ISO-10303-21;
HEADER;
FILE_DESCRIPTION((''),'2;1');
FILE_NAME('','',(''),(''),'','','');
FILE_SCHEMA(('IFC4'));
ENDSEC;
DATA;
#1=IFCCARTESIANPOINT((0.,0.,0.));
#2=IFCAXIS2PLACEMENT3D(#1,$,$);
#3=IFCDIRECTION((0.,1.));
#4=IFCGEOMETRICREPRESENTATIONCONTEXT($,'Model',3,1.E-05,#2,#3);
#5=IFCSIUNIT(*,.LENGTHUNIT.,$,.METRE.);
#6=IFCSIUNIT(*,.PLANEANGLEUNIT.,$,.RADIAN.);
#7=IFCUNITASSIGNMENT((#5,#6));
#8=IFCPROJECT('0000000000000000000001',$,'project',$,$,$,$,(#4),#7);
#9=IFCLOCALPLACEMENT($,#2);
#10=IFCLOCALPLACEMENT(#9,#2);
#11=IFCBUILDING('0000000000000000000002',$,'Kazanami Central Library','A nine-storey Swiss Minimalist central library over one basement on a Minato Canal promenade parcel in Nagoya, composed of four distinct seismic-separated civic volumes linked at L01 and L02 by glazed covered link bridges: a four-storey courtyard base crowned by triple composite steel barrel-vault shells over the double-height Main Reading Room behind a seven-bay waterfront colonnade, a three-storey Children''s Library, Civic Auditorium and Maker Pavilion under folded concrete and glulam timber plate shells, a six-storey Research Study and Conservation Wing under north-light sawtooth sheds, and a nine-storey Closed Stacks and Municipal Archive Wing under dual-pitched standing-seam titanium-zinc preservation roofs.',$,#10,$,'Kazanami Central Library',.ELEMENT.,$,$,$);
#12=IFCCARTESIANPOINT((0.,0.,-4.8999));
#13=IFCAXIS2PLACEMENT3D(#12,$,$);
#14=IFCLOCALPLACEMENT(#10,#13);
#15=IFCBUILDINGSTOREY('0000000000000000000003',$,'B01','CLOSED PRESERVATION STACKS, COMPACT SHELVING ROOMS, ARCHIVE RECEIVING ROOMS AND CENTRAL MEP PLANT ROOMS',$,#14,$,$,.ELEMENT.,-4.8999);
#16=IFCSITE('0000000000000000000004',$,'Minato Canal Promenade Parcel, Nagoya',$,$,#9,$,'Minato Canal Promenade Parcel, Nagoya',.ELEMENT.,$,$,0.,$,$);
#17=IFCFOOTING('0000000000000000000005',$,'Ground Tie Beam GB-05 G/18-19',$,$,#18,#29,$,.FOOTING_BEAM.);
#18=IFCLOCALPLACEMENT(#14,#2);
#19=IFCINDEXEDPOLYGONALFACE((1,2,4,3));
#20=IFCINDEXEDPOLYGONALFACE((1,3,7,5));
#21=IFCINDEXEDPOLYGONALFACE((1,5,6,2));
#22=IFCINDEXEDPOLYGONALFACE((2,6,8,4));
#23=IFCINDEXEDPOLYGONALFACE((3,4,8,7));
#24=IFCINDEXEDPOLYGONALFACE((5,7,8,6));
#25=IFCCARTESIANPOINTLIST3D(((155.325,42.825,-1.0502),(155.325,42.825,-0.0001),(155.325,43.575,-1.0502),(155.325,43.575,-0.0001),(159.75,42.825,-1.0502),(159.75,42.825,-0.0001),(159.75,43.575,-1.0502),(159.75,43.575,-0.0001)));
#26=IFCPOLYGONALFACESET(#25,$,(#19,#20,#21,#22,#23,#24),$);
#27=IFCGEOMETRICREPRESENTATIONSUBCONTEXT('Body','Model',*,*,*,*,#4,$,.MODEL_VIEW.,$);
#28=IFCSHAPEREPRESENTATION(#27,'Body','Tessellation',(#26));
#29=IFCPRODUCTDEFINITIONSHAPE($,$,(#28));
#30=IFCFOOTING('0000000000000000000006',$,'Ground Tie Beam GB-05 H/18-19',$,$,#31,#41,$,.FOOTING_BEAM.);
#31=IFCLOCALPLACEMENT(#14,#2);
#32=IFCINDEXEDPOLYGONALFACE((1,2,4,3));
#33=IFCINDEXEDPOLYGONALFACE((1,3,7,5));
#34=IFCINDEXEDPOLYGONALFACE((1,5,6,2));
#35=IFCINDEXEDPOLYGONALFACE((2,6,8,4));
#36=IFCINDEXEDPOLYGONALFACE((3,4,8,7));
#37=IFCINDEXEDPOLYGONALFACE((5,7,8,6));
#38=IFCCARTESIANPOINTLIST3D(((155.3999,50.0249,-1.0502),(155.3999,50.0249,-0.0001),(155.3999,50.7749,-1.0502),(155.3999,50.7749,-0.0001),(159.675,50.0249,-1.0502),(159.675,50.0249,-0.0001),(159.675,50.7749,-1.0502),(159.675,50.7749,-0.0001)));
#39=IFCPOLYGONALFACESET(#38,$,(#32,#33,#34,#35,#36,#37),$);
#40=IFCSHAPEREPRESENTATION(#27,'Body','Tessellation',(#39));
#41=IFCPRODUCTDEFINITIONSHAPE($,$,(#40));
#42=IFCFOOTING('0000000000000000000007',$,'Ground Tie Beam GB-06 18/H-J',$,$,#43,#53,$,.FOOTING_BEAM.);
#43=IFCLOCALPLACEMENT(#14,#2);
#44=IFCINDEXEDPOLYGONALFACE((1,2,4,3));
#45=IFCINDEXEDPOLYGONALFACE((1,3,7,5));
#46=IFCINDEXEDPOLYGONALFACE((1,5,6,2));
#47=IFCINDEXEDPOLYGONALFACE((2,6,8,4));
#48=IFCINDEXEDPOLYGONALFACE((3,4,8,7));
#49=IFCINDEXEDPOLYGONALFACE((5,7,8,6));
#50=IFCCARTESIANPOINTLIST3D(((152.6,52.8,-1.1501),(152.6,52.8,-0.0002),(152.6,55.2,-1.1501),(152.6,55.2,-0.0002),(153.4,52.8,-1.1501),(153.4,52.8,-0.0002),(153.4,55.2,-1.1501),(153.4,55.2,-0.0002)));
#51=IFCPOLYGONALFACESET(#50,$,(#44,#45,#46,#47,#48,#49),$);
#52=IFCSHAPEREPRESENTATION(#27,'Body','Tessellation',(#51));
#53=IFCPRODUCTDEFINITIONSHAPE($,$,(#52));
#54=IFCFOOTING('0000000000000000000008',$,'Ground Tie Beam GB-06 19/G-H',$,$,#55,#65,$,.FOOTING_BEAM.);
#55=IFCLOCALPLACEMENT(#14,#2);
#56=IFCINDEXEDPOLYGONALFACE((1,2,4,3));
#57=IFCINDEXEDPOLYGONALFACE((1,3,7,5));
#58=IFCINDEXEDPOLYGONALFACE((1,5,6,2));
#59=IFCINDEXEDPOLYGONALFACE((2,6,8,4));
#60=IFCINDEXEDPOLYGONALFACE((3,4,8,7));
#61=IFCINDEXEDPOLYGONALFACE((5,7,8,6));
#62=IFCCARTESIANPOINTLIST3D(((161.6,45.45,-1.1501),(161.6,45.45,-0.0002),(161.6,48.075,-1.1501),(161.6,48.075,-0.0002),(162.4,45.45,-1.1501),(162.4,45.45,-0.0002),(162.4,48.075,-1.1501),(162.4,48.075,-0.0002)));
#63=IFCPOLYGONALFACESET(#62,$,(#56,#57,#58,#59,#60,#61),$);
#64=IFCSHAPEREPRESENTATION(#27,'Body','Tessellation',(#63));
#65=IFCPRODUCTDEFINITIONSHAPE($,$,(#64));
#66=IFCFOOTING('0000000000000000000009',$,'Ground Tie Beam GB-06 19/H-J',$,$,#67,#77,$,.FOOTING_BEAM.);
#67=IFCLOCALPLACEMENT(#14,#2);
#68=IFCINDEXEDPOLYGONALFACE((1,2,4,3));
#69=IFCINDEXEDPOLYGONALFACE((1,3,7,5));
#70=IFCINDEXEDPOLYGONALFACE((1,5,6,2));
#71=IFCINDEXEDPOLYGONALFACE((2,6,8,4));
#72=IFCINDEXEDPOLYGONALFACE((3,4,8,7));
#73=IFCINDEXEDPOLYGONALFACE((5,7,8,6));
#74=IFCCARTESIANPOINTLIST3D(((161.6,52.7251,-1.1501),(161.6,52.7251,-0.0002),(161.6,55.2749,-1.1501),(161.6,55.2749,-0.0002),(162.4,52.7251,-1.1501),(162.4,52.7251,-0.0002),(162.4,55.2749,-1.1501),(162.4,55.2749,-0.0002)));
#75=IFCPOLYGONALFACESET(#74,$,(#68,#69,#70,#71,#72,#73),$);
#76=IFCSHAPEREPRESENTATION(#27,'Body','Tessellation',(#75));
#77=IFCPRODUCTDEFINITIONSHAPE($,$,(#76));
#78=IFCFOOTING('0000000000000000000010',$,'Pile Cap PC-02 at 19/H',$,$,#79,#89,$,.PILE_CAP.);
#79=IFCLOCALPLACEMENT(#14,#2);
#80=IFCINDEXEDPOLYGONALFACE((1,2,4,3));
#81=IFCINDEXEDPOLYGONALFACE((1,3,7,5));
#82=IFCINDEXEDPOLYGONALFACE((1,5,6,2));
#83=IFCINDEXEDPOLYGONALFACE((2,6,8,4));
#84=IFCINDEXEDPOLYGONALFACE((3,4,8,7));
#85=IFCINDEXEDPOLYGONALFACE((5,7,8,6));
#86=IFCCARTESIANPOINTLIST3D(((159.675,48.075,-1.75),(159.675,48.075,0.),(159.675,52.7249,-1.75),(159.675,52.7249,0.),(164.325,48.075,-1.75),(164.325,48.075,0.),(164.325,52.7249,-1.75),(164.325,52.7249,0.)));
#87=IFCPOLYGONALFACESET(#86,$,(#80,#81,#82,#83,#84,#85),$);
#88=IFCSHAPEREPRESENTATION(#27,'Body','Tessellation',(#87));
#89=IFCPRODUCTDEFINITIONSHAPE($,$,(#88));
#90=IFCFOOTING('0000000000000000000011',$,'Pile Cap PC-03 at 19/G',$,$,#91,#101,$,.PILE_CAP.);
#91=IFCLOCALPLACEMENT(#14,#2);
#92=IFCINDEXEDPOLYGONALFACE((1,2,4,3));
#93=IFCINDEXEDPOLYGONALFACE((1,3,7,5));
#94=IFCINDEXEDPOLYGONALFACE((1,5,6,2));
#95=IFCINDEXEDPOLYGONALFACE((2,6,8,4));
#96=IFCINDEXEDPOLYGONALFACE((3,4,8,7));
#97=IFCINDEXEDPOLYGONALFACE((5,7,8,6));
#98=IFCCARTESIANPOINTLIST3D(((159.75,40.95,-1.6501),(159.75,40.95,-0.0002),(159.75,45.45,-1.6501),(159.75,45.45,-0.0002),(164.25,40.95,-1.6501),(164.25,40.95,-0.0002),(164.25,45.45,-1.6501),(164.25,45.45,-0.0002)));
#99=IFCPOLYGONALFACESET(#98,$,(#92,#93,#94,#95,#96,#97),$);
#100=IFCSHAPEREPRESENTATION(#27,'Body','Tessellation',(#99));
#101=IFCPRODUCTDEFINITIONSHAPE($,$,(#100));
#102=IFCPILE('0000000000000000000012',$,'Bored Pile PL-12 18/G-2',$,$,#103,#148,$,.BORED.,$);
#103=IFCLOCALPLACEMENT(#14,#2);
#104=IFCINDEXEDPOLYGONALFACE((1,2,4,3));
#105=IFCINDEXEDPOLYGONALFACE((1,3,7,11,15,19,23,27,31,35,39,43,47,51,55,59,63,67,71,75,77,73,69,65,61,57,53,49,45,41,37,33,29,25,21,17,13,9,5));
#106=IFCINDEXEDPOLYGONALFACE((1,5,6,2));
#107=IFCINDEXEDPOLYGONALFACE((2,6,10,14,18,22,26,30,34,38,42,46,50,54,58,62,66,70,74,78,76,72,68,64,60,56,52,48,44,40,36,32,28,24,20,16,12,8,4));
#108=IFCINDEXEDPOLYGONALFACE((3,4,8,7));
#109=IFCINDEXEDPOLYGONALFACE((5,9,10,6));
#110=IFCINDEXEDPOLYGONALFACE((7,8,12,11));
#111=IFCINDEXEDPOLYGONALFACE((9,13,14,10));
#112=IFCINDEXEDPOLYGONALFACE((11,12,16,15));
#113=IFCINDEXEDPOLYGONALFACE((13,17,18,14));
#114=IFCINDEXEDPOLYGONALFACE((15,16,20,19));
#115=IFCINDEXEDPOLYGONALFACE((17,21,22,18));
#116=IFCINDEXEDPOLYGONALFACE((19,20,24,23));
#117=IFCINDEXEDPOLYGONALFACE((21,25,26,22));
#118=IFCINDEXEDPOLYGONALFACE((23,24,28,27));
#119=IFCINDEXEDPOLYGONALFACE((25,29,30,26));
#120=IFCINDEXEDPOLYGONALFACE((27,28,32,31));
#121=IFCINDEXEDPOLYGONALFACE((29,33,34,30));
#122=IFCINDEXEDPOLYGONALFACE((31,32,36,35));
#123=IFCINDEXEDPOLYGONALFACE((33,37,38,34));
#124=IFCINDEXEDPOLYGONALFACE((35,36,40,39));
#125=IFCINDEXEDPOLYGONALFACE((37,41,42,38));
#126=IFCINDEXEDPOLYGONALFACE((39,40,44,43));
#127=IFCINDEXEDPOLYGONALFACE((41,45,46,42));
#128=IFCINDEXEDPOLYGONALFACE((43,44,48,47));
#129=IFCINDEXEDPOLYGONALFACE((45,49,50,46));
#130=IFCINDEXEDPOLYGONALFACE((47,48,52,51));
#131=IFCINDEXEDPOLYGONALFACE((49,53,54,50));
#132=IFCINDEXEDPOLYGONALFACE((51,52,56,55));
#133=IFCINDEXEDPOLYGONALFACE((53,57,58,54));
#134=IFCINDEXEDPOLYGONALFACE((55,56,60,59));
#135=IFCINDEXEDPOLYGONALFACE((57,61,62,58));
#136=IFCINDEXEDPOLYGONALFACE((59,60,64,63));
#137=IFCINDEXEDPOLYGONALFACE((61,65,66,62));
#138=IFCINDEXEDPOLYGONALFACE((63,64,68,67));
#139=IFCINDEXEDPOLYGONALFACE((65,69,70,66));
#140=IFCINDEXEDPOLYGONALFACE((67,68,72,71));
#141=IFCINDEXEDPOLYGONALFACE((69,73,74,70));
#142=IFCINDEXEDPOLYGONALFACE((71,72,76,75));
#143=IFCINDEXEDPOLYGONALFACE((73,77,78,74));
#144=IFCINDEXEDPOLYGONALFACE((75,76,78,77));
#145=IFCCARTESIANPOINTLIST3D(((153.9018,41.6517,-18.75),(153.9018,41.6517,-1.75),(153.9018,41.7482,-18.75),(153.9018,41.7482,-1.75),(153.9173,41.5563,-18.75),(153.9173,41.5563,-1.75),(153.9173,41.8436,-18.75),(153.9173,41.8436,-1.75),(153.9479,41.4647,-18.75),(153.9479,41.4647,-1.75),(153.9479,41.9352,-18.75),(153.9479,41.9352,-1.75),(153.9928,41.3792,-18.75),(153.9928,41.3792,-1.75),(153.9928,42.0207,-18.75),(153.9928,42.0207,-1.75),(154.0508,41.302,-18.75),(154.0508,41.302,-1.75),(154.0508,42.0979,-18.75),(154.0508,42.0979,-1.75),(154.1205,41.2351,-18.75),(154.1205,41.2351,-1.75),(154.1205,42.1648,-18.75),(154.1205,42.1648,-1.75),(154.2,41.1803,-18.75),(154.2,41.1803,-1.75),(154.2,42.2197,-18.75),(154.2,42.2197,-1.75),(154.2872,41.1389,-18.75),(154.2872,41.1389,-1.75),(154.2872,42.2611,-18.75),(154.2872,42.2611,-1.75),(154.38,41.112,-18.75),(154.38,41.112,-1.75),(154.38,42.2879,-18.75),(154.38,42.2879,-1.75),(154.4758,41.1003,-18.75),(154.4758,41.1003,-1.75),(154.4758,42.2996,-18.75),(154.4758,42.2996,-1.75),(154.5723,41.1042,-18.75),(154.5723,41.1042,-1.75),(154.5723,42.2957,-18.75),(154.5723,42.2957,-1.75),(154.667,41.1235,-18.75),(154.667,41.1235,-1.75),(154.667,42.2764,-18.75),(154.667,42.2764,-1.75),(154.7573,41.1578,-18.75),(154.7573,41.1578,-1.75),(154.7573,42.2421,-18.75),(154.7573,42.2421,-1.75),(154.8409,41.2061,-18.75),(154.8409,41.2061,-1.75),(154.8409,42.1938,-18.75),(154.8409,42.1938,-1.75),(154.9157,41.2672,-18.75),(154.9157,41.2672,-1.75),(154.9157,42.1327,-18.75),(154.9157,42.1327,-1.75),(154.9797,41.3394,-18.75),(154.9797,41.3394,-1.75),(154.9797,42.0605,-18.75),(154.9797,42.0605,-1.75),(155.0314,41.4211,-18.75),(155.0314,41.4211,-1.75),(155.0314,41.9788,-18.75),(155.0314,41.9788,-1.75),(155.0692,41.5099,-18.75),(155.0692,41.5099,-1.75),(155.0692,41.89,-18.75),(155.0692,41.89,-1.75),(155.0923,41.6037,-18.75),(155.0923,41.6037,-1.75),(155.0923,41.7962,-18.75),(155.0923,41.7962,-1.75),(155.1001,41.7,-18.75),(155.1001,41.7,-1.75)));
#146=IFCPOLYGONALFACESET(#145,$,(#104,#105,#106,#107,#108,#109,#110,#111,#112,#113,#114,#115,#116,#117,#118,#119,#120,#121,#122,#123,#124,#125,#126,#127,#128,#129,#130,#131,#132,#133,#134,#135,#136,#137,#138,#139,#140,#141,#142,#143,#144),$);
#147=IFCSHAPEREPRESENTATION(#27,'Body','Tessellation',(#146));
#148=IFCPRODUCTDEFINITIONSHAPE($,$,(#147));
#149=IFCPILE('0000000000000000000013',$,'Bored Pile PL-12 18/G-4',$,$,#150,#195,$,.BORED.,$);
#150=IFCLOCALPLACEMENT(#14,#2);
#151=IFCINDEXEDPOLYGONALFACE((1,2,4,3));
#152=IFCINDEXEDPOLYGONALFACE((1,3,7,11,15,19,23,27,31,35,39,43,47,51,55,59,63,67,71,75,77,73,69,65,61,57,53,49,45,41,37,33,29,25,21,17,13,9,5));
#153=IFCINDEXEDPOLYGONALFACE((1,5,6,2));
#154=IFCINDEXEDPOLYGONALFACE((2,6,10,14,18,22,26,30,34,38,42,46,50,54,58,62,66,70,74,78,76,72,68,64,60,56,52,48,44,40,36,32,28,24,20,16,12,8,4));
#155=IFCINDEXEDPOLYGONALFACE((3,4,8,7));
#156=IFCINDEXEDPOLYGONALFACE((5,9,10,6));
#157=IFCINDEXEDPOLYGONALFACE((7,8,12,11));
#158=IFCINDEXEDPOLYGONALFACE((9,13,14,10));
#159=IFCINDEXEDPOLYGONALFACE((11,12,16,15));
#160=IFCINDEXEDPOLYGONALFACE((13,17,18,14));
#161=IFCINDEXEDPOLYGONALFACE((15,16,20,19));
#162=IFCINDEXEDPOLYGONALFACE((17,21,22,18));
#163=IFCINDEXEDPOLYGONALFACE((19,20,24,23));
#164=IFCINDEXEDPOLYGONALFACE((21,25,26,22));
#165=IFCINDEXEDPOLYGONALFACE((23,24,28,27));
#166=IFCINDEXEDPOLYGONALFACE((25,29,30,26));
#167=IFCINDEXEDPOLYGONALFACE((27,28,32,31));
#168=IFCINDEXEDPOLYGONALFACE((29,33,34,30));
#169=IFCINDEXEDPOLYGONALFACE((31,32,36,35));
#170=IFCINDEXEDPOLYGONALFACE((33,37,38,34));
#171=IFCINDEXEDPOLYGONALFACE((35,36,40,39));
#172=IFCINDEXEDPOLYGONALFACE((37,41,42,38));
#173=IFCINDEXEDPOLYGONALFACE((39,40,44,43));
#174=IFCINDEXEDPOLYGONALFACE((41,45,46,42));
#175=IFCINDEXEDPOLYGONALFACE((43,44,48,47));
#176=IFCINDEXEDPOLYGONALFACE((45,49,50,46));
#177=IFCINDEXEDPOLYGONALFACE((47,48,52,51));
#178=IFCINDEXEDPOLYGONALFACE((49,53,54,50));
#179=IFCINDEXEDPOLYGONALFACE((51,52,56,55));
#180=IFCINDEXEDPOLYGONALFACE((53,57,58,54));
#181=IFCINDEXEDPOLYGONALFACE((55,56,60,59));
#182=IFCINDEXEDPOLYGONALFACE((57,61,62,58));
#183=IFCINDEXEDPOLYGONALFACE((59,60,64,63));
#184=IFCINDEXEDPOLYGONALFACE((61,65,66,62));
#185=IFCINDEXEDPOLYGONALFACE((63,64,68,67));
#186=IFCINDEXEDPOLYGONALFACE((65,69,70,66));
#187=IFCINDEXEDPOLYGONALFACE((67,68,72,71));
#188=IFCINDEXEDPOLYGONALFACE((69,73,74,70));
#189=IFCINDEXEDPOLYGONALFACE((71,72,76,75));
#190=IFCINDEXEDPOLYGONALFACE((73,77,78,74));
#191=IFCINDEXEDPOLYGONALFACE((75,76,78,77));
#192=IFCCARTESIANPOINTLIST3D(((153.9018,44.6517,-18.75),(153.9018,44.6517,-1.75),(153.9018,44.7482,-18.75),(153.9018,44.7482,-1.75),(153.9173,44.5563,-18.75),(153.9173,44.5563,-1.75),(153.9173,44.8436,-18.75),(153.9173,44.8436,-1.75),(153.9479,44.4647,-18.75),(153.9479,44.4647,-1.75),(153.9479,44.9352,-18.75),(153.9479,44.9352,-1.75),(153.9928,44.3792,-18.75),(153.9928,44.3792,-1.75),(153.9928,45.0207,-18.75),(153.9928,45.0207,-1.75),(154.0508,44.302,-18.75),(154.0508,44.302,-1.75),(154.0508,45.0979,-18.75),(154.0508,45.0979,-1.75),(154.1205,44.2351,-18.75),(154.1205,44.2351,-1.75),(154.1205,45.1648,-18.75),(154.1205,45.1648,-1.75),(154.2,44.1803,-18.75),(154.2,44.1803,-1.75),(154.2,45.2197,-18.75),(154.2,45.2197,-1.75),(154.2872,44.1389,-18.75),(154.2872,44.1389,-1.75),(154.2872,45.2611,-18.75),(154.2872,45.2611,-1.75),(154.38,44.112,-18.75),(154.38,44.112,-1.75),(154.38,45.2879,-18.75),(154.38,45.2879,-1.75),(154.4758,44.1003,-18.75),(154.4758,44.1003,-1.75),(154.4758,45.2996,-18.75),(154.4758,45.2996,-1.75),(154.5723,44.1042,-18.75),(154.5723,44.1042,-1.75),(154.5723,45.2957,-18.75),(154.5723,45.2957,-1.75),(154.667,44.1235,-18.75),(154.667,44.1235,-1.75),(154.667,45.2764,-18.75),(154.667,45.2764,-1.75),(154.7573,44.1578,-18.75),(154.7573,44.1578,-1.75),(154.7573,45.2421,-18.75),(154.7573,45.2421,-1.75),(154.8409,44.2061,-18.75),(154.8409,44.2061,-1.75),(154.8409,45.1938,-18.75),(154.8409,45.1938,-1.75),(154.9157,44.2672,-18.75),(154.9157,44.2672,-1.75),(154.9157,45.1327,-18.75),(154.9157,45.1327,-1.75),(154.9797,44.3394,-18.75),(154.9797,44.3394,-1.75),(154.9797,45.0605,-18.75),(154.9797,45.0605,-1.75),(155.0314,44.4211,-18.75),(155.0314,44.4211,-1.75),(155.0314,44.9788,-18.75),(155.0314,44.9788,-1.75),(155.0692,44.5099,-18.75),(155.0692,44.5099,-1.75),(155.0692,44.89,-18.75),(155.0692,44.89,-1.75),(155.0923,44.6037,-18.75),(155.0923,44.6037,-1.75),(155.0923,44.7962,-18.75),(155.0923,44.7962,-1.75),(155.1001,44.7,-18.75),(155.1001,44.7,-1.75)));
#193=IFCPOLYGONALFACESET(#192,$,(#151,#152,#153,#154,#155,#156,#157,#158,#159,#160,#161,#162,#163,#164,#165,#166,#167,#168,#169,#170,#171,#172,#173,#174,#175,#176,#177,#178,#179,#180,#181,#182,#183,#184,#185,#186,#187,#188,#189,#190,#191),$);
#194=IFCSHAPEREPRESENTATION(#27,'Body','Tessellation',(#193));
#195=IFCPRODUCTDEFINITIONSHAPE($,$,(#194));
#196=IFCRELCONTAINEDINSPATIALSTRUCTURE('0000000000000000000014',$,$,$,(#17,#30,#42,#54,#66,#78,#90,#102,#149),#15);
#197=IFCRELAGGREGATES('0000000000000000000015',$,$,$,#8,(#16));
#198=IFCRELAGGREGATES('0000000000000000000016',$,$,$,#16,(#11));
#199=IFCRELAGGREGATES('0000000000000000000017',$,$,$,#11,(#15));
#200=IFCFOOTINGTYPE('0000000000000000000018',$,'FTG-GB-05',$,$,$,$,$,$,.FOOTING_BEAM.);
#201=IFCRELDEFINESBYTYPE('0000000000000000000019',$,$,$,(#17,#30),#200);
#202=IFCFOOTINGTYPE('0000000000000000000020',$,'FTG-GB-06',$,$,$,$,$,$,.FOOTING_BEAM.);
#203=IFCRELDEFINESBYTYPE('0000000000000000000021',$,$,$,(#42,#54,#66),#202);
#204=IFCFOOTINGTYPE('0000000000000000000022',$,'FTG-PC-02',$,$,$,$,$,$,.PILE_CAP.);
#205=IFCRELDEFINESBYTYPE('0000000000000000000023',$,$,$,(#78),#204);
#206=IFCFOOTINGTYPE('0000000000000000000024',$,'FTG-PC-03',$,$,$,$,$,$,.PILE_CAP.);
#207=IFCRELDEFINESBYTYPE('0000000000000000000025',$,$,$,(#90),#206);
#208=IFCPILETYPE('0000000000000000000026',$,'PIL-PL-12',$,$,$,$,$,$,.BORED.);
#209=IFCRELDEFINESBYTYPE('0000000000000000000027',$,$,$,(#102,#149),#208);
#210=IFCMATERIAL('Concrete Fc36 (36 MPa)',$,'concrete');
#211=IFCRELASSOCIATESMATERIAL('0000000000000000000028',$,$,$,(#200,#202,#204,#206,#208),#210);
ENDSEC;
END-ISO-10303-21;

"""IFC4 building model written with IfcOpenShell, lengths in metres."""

from ifc_helpers import new_model, si_unit, direction, frame, origin, origin_2d, place, context, subcontext, project, spatial, rectangle, circle, extrude, material, material_profile, profile_set, type_object, element, save


model = new_model("IFC4")

# Units and contexts
model_context = context("Model", 3, precision=1e-05, world=origin(), true_north=direction((0.0, 1.0)))
body_context = subcontext(model_context, "Body", "Model", "MODEL_VIEW")
ifc_project = project(units=[si_unit("LENGTHUNIT", "METRE"), si_unit("PLANEANGLEUNIT", "RADIAN")], contexts=[model_context])

# Site, building, storey
site_placement = place(None, origin())
site = spatial("IfcSite", under=ifc_project, at=site_placement, Name="Minato Canal Promenade Parcel, Nagoya", LongName="Minato Canal Promenade Parcel, Nagoya", CompositionType="ELEMENT", RefElevation=0.0)
building_placement = place(site_placement, origin())
building = spatial("IfcBuilding", under=site, at=building_placement, Name="Kazanami Central Library", Description="A nine-storey Swiss Minimalist central library over one basement on a Minato Canal promenade parcel in Nagoya, composed of four distinct seismic-separated civic volumes linked at L01 and L02 by glazed covered link bridges: a four-storey courtyard base crowned by triple composite steel barrel-vault shells over the double-height Main Reading Room behind a seven-bay waterfront colonnade, a three-storey Children's Library, Civic Auditorium and Maker Pavilion under folded concrete and glulam timber plate shells, a six-storey Research Study and Conservation Wing under north-light sawtooth sheds, and a nine-storey Closed Stacks and Municipal Archive Wing under dual-pitched standing-seam titanium-zinc preservation roofs.", LongName="Kazanami Central Library", CompositionType="ELEMENT")
storey_placement = place(building_placement, frame((0.0, 0.0, -4.8999)))
storey = spatial("IfcBuildingStorey", under=building, at=storey_placement, Name="B01", Description="CLOSED PRESERVATION STACKS, COMPACT SHELVING ROOMS, ARCHIVE RECEIVING ROOMS AND CENTRAL MEP PLANT ROOMS", CompositionType="ELEMENT", Elevation=-4.8999)

# Footings
ifc_material_1 = material(Name="Concrete Fc36 (36 MPa)", Category="concrete")
ifc_material_profile_1 = material_profile(ifc_material_1, rectangle(XDim=0.75, YDim=1.05, at=origin_2d()), Name="RC-750x1050")
ifc_profile_set_1 = profile_set([ifc_material_profile_1], Name="Concrete Fc36 (36 MPa)")
footing_type_1 = type_object("IfcFootingType", Name="FTG-GB-05", PredefinedType="FOOTING_BEAM", material=ifc_profile_set_1)
footing_1_placement = place(storey_placement, frame((155.325, 43.2, -0.5251), z_axis=(1.0, 0.0, 0.0), x_axis=(0.0, 1.0, 0.0)))
element("IfcFooting", 1, at=footing_1_placement, inside=storey, type_object=footing_type_1, Name="Ground Tie Beam GB-05 G/18-19", PredefinedType="FOOTING_BEAM", context=body_context, shape_type="SweptSolid", body=[
    extrude(rectangle(XDim=0.75, YDim=1.05, at=origin_2d()), origin(), (0.0, 0.0, 1.0), 4.425),
])
footing_2_placement = place(storey_placement, frame((155.3999, 50.3999, -0.5251), z_axis=(1.0, 0.0, 0.0), x_axis=(0.0, 1.0, 0.0)))
element("IfcFooting", 2, at=footing_2_placement, inside=storey, type_object=footing_type_1, Name="Ground Tie Beam GB-05 H/18-19", PredefinedType="FOOTING_BEAM", context=body_context, shape_type="SweptSolid", body=[
    extrude(rectangle(XDim=0.75, YDim=1.05, at=origin_2d()), origin(), (0.0, 0.0, 1.0), 4.2751),
])
ifc_material_profile_2 = material_profile(ifc_material_1, rectangle(XDim=0.8, YDim=1.1499, at=origin_2d()), Name="RC-800x1150")
ifc_profile_set_2 = profile_set([ifc_material_profile_2], Name="Concrete Fc36 (36 MPa)")
footing_type_2 = type_object("IfcFootingType", Name="FTG-GB-06", PredefinedType="FOOTING_BEAM", material=ifc_profile_set_2)
footing_3_placement = place(storey_placement, frame((153.0, 52.8, -0.5752), z_axis=(0.0, 1.0, 0.0), x_axis=(-1.0, 0.0, 0.0)))
element("IfcFooting", 3, at=footing_3_placement, inside=storey, type_object=footing_type_2, Name="Ground Tie Beam GB-06 18/H-J", PredefinedType="FOOTING_BEAM", context=body_context, shape_type="SweptSolid", body=[
    extrude(rectangle(XDim=0.8, YDim=1.1499, at=origin_2d()), origin(), (0.0, 0.0, 1.0), 2.3999),
])
footing_4_placement = place(storey_placement, frame((162.0, 45.45, -0.5752), z_axis=(0.0, 1.0, 0.0), x_axis=(-1.0, 0.0, 0.0)))
element("IfcFooting", 4, at=footing_4_placement, inside=storey, type_object=footing_type_2, Name="Ground Tie Beam GB-06 19/G-H", PredefinedType="FOOTING_BEAM", context=body_context, shape_type="SweptSolid", body=[
    extrude(rectangle(XDim=0.8, YDim=1.1499, at=origin_2d()), origin(), (0.0, 0.0, 1.0), 2.625),
])
footing_5_placement = place(storey_placement, frame((162.0, 52.7251, -0.5752), z_axis=(0.0, 1.0, 0.0), x_axis=(-1.0, 0.0, 0.0)))
element("IfcFooting", 5, at=footing_5_placement, inside=storey, type_object=footing_type_2, Name="Ground Tie Beam GB-06 19/H-J", PredefinedType="FOOTING_BEAM", context=body_context, shape_type="SweptSolid", body=[
    extrude(rectangle(XDim=0.8, YDim=1.1499, at=origin_2d()), origin(), (0.0, 0.0, 1.0), 2.5498),
])
footing_type_3 = type_object("IfcFootingType", Name="FTG-PC-02", PredefinedType="PILE_CAP", material=ifc_material_1)
footing_6_placement = place(storey_placement, frame((162.0, 50.3999, -1.75), z_axis=(0.0, 0.0, 1.0), x_axis=(1.0, 0.0, 0.0)))
element("IfcFooting", 6, at=footing_6_placement, inside=storey, type_object=footing_type_3, Name="Pile Cap PC-02 at 19/H", PredefinedType="PILE_CAP", context=body_context, shape_type="SweptSolid", body=[
    extrude(rectangle(XDim=4.6499, YDim=4.6499, at=origin_2d()), origin(), (0.0, 0.0, 1.0), 1.75),
])
footing_type_4 = type_object("IfcFootingType", Name="FTG-PC-03", PredefinedType="PILE_CAP", material=ifc_material_1)
footing_7_placement = place(storey_placement, frame((162.0, 43.2, -1.6501), z_axis=(0.0, 0.0, 1.0), x_axis=(1.0, 0.0, 0.0)))
element("IfcFooting", 7, at=footing_7_placement, inside=storey, type_object=footing_type_4, Name="Pile Cap PC-03 at 19/G", PredefinedType="PILE_CAP", context=body_context, shape_type="SweptSolid", body=[
    extrude(rectangle(XDim=4.5, YDim=4.5, at=origin_2d()), origin(), (0.0, 0.0, 1.0), 1.6499),
])

# Piles
ifc_material_profile_3 = material_profile(ifc_material_1, circle(Radius=0.6001, at=origin_2d()), Name="BORED-D1200")
ifc_profile_set_3 = profile_set([ifc_material_profile_3], Name="Concrete Fc36 (36 MPa)")
pile_type = type_object("IfcPileType", Name="PIL-PL-12", PredefinedType="BORED", material=ifc_profile_set_3)
for number, where, z_axis, x_axis, name in (
    (8, (154.5, 41.7, -1.75), (0.0, 0.0, -1.0), (1.0, 0.0, 0.0), "Bored Pile PL-12 18/G-2"),
    (9, (154.5, 44.7, -1.75), (0.0, 0.0, -1.0), (1.0, 0.0, 0.0), "Bored Pile PL-12 18/G-4"),
):
    element("IfcPile", number, at=place(storey_placement, frame(where, z_axis=z_axis, x_axis=x_axis)), inside=storey, type_object=pile_type, Name=name, PredefinedType="BORED", context=body_context, shape_type="SweptSolid", body=[
        extrude(circle(Radius=0.6001, at=origin_2d()), origin(), (0.0, 0.0, 1.0), 17.0),
    ])

save(model, "model.ifc")
